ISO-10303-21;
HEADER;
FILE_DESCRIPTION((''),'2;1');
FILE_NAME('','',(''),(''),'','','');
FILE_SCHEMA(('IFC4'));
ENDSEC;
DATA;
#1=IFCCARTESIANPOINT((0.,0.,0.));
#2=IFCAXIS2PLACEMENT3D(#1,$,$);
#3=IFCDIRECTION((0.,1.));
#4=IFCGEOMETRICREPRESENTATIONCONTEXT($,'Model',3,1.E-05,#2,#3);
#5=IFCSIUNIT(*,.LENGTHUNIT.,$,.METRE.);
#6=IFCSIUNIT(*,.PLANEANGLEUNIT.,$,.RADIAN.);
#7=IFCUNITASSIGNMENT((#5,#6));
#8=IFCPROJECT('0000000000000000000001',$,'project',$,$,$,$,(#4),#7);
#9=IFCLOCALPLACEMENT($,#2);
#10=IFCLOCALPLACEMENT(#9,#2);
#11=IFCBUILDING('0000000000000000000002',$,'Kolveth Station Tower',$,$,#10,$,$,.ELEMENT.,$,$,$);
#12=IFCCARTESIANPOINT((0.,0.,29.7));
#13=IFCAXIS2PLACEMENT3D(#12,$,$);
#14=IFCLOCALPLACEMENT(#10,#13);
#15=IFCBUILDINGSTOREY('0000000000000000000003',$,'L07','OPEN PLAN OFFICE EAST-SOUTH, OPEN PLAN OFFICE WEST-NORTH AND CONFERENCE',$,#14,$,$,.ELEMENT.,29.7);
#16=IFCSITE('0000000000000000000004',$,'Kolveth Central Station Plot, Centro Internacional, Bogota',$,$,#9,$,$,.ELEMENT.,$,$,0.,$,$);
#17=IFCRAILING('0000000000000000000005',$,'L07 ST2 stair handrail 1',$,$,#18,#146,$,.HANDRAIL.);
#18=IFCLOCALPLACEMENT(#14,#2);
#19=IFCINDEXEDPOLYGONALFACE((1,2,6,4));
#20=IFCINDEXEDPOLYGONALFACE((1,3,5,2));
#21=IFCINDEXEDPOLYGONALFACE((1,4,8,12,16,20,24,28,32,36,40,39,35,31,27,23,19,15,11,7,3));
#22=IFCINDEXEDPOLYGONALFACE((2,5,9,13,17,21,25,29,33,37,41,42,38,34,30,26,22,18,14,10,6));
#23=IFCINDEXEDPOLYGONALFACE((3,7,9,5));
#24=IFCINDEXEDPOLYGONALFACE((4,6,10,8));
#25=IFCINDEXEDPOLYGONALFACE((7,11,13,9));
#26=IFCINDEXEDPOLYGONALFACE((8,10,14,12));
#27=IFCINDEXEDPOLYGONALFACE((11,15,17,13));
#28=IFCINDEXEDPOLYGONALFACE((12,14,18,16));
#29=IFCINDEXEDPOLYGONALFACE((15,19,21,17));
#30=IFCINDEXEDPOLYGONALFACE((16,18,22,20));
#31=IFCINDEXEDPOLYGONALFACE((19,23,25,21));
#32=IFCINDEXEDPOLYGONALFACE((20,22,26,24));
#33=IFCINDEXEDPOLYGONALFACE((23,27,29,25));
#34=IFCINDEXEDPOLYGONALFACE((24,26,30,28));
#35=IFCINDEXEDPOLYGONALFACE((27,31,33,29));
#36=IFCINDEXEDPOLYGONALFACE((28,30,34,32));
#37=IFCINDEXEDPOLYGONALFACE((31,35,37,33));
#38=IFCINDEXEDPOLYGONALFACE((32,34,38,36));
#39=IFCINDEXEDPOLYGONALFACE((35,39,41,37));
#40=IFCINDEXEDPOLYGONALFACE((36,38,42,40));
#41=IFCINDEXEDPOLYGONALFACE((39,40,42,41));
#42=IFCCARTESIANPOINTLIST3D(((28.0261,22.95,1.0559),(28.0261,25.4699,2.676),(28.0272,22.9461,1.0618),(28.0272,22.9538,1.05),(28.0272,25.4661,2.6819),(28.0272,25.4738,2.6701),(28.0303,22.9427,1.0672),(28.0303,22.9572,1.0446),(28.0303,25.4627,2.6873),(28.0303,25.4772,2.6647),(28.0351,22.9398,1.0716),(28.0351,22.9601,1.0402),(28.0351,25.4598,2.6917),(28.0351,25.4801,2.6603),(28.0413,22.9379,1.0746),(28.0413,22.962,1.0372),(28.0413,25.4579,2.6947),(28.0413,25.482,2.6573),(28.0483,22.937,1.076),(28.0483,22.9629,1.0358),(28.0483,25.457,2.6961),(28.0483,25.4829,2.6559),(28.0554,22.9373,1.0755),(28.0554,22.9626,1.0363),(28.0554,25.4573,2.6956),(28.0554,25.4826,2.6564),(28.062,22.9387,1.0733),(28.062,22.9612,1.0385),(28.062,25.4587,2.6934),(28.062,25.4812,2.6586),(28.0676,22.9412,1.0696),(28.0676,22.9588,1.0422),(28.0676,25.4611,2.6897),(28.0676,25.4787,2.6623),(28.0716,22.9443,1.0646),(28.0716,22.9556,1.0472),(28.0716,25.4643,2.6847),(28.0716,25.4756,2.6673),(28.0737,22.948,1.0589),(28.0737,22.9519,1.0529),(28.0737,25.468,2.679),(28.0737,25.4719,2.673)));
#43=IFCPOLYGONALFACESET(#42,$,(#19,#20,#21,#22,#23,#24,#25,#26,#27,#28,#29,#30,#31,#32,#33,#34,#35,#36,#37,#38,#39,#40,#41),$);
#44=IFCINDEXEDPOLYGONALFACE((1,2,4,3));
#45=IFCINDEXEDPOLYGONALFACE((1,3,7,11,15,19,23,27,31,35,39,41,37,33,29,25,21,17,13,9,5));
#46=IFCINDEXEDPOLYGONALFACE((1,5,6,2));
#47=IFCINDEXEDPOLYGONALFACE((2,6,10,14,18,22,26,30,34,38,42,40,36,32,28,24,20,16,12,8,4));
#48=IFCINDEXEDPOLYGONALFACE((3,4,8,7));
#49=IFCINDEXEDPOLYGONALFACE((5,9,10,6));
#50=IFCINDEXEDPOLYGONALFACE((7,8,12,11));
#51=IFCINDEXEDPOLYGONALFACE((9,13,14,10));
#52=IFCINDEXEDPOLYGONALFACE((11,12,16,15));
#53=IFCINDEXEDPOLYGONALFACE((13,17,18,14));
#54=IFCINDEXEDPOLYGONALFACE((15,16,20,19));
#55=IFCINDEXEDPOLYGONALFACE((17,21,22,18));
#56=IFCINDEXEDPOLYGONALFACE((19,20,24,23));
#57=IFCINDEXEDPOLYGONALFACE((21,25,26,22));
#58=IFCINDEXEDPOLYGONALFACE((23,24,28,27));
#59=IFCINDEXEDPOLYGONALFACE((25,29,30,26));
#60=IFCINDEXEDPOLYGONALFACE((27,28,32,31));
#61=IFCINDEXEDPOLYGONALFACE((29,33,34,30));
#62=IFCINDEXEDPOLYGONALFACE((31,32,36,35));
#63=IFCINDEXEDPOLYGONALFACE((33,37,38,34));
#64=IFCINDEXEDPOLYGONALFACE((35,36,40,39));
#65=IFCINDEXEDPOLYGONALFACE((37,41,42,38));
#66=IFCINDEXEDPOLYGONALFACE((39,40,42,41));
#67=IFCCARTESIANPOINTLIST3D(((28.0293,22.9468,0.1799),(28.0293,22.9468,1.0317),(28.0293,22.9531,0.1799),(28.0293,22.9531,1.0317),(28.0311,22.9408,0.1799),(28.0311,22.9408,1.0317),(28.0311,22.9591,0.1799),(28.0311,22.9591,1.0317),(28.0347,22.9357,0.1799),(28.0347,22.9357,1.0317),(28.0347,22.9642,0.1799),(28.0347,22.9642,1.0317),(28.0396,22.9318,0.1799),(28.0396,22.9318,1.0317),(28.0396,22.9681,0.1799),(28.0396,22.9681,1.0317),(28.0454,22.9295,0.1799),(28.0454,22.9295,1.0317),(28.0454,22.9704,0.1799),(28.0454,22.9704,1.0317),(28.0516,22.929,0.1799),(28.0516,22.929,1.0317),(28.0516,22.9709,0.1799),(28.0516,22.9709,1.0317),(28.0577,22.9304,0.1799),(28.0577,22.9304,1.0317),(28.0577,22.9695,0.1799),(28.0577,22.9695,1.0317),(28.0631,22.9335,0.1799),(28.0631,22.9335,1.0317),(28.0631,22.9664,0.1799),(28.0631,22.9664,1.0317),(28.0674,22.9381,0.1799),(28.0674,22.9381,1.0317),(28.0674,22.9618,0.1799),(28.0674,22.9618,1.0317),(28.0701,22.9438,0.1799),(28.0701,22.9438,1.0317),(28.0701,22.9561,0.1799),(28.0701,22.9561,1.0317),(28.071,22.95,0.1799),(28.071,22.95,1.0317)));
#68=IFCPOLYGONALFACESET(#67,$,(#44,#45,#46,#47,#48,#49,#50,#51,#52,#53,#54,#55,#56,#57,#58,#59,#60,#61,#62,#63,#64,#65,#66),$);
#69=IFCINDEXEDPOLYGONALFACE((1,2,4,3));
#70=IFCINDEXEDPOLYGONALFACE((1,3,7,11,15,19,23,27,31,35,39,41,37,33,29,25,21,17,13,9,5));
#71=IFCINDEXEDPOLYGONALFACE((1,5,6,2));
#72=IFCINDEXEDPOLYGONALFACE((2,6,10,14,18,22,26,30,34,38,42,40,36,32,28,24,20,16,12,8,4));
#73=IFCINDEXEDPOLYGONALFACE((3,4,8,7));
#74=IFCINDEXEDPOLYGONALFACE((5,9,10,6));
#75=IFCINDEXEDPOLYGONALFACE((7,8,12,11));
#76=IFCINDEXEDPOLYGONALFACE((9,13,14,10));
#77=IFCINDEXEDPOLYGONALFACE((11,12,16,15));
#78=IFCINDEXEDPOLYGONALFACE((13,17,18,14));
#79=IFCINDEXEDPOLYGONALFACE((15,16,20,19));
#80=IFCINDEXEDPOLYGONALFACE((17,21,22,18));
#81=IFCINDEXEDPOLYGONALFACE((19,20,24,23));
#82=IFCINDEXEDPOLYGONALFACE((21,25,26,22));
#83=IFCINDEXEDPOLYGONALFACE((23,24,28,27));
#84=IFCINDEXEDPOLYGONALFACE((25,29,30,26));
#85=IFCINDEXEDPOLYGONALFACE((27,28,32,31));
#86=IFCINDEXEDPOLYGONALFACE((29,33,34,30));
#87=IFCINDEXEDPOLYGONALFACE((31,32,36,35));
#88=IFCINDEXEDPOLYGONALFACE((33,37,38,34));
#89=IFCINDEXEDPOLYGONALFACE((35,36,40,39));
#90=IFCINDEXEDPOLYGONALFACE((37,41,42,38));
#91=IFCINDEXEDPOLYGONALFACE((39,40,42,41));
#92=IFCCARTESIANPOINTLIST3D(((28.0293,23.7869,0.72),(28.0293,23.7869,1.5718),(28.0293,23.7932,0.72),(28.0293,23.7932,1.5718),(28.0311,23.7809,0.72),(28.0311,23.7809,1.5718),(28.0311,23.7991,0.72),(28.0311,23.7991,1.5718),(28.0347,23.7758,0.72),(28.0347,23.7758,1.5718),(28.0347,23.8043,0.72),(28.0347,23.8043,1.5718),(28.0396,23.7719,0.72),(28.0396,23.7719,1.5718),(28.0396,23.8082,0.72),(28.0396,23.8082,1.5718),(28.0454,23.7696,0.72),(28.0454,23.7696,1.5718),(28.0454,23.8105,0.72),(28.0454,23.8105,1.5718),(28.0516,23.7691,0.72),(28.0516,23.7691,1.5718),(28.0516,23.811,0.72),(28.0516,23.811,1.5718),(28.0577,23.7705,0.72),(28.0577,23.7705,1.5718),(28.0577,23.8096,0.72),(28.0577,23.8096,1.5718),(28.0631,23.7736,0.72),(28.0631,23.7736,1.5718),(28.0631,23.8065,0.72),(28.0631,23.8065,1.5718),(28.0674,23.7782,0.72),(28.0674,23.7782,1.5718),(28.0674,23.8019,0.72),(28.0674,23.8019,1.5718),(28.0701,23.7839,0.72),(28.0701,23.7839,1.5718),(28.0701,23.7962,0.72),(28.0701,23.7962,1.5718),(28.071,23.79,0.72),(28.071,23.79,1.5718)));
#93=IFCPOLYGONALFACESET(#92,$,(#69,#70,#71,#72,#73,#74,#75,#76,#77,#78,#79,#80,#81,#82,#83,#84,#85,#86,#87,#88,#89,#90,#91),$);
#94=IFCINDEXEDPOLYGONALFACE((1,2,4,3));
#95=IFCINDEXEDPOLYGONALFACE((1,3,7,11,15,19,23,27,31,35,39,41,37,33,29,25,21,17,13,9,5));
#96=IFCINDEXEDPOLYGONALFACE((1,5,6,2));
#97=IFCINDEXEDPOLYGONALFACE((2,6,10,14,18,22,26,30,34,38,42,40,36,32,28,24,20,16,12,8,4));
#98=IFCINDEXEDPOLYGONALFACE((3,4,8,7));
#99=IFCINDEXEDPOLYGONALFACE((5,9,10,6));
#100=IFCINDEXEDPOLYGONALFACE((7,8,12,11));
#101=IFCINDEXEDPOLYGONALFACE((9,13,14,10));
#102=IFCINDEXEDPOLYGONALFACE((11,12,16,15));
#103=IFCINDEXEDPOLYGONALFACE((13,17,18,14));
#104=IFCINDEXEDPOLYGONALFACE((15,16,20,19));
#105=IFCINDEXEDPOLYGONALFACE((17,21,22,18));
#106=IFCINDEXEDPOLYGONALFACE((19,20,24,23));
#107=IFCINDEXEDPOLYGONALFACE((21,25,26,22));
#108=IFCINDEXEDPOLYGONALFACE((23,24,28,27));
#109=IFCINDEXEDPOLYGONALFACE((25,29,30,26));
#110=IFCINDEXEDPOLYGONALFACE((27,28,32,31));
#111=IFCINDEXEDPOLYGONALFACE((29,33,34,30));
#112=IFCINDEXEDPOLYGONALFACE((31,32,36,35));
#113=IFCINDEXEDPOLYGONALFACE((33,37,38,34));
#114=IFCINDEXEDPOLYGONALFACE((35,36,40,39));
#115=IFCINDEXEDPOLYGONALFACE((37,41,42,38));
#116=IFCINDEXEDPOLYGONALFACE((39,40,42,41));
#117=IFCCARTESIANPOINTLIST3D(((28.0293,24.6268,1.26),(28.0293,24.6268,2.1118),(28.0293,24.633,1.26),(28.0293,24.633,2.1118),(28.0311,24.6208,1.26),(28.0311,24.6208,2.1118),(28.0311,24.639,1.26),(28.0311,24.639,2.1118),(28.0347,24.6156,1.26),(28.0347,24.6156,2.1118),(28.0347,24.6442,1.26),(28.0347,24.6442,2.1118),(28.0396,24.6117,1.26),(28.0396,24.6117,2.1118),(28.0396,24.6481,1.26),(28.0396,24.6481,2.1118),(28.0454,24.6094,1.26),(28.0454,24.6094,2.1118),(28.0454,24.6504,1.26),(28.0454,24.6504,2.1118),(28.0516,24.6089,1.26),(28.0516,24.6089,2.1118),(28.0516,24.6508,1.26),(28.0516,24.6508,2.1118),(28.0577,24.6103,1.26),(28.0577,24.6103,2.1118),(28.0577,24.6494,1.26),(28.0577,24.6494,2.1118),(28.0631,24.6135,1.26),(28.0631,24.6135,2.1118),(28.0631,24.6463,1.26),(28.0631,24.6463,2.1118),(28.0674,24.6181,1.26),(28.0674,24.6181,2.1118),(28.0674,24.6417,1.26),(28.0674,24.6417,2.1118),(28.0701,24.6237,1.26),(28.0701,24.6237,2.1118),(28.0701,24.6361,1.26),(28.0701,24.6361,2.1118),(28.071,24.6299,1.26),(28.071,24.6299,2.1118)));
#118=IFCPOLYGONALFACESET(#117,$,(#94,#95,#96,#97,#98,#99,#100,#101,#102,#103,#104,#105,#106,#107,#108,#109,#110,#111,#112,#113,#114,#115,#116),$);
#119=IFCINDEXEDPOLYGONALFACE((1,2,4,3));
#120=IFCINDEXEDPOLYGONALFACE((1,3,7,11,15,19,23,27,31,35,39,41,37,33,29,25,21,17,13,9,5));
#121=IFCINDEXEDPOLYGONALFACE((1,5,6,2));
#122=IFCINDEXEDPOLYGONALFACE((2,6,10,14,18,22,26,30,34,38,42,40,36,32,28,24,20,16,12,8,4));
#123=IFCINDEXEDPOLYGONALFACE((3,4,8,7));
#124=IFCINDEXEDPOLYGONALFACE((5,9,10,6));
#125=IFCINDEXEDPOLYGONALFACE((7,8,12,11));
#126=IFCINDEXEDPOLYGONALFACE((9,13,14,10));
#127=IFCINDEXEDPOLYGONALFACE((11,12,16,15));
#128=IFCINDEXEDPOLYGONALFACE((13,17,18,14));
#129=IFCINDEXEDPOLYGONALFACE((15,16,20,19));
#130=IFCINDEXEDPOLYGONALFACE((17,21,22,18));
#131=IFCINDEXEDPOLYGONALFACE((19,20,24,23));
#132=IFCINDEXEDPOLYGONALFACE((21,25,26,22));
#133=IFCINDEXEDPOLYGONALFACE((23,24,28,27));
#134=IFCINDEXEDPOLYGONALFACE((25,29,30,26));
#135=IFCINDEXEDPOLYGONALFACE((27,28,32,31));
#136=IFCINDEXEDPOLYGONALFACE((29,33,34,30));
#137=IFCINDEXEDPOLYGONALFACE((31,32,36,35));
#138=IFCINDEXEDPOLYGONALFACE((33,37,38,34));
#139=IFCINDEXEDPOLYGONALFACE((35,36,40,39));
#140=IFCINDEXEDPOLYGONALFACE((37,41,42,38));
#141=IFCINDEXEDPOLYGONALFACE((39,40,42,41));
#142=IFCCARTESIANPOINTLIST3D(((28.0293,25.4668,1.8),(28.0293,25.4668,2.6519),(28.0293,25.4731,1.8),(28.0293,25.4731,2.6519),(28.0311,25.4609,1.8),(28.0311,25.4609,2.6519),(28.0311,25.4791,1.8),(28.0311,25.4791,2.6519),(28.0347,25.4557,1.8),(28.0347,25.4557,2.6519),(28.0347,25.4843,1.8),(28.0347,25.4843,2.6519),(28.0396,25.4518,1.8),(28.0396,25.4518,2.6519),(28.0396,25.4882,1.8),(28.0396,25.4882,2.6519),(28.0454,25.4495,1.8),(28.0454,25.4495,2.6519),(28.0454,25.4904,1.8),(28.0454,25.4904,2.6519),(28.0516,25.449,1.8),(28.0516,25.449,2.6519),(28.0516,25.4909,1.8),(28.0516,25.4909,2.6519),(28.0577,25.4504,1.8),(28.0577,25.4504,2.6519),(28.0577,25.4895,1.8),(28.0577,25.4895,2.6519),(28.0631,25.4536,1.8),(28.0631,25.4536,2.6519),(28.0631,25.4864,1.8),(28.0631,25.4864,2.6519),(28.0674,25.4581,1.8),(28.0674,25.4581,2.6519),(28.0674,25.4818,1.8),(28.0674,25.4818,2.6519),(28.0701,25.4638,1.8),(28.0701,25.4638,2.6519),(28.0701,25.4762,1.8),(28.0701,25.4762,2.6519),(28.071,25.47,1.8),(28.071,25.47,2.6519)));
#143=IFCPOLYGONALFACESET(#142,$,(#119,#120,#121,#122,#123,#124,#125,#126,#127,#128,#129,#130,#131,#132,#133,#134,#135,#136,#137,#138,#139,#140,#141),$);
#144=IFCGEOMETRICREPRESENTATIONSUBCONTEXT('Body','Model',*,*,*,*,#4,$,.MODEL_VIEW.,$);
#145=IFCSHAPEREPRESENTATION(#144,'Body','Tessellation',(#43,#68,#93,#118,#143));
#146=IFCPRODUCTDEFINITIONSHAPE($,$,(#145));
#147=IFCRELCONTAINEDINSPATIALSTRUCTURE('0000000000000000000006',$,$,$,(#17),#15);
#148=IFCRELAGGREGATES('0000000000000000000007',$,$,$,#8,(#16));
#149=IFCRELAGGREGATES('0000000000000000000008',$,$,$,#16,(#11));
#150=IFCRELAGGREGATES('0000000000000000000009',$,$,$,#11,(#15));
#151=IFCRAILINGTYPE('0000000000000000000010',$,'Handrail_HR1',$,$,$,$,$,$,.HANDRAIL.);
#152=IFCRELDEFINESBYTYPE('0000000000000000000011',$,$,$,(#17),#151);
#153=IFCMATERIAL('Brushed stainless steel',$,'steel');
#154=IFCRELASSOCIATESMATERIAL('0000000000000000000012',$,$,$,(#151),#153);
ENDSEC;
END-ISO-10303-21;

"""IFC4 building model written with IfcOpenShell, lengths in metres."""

from ifc_helpers import new_model, si_unit, direction, frame, origin, origin_2d, place, context, subcontext, project, spatial, circle, extrude, material, type_object, element, save


model = new_model("IFC4")

# Units and contexts
model_context = context("Model", 3, precision=1e-05, world=origin(), true_north=direction((0.0, 1.0)))
body_context = subcontext(model_context, "Body", "Model", "MODEL_VIEW")
ifc_project = project(units=[si_unit("LENGTHUNIT", "METRE"), si_unit("PLANEANGLEUNIT", "RADIAN")], contexts=[model_context])

# Site, building, storey
site_placement = place(None, origin())
site = spatial("IfcSite", under=ifc_project, at=site_placement, Name="Kolveth Central Station Plot, Centro Internacional, Bogota", CompositionType="ELEMENT", RefElevation=0.0)
building_placement = place(site_placement, origin())
building = spatial("IfcBuilding", under=site, at=building_placement, Name="Kolveth Station Tower", CompositionType="ELEMENT")
storey_placement = place(building_placement, frame((0.0, 0.0, 29.7)))
storey = spatial("IfcBuildingStorey", under=building, at=storey_placement, Name="L07", Description="OPEN PLAN OFFICE EAST-SOUTH, OPEN PLAN OFFICE WEST-NORTH AND CONFERENCE", CompositionType="ELEMENT", Elevation=29.7)

# Railing
ifc_material_1 = material(Name="Brushed stainless steel", Category="steel")
railing_type_1 = type_object("IfcRailingType", Name="Handrail_HR1", PredefinedType="HANDRAIL", material=ifc_material_1)
railing_1_placement = place(storey_placement, frame((28.05, 22.95, 0.1799)))
element("IfcRailing", 1, at=railing_1_placement, inside=storey, type_object=railing_type_1, Name="L07 ST2 stair handrail 1", PredefinedType="HANDRAIL", context=body_context, shape_type="SweptSolid", body=[
    extrude(circle(Radius=0.0239, at=origin_2d()), frame((0.0, 0.0, 0.876), z_axis=(0.0, 0.841163, 0.540782), x_axis=(-1.0, 0.0, 0.0)), (0.0, 0.0, 1.0), 2.9958),
    extrude(circle(Radius=0.021, at=origin_2d()), origin(), (0.0, 0.0, 1.0), 0.8518),
    extrude(circle(Radius=0.021, at=origin_2d()), frame((0.0, 0.8401, 0.54)), (0.0, 0.0, 1.0), 0.8518),
    extrude(circle(Radius=0.021, at=origin_2d()), frame((0.0, 1.6799, 1.0801)), (0.0, 0.0, 1.0), 0.8518),
    extrude(circle(Radius=0.021, at=origin_2d()), frame((0.0, 2.52, 1.6201)), (0.0, 0.0, 1.0), 0.8518),
])

save(model, "model.ifc")
